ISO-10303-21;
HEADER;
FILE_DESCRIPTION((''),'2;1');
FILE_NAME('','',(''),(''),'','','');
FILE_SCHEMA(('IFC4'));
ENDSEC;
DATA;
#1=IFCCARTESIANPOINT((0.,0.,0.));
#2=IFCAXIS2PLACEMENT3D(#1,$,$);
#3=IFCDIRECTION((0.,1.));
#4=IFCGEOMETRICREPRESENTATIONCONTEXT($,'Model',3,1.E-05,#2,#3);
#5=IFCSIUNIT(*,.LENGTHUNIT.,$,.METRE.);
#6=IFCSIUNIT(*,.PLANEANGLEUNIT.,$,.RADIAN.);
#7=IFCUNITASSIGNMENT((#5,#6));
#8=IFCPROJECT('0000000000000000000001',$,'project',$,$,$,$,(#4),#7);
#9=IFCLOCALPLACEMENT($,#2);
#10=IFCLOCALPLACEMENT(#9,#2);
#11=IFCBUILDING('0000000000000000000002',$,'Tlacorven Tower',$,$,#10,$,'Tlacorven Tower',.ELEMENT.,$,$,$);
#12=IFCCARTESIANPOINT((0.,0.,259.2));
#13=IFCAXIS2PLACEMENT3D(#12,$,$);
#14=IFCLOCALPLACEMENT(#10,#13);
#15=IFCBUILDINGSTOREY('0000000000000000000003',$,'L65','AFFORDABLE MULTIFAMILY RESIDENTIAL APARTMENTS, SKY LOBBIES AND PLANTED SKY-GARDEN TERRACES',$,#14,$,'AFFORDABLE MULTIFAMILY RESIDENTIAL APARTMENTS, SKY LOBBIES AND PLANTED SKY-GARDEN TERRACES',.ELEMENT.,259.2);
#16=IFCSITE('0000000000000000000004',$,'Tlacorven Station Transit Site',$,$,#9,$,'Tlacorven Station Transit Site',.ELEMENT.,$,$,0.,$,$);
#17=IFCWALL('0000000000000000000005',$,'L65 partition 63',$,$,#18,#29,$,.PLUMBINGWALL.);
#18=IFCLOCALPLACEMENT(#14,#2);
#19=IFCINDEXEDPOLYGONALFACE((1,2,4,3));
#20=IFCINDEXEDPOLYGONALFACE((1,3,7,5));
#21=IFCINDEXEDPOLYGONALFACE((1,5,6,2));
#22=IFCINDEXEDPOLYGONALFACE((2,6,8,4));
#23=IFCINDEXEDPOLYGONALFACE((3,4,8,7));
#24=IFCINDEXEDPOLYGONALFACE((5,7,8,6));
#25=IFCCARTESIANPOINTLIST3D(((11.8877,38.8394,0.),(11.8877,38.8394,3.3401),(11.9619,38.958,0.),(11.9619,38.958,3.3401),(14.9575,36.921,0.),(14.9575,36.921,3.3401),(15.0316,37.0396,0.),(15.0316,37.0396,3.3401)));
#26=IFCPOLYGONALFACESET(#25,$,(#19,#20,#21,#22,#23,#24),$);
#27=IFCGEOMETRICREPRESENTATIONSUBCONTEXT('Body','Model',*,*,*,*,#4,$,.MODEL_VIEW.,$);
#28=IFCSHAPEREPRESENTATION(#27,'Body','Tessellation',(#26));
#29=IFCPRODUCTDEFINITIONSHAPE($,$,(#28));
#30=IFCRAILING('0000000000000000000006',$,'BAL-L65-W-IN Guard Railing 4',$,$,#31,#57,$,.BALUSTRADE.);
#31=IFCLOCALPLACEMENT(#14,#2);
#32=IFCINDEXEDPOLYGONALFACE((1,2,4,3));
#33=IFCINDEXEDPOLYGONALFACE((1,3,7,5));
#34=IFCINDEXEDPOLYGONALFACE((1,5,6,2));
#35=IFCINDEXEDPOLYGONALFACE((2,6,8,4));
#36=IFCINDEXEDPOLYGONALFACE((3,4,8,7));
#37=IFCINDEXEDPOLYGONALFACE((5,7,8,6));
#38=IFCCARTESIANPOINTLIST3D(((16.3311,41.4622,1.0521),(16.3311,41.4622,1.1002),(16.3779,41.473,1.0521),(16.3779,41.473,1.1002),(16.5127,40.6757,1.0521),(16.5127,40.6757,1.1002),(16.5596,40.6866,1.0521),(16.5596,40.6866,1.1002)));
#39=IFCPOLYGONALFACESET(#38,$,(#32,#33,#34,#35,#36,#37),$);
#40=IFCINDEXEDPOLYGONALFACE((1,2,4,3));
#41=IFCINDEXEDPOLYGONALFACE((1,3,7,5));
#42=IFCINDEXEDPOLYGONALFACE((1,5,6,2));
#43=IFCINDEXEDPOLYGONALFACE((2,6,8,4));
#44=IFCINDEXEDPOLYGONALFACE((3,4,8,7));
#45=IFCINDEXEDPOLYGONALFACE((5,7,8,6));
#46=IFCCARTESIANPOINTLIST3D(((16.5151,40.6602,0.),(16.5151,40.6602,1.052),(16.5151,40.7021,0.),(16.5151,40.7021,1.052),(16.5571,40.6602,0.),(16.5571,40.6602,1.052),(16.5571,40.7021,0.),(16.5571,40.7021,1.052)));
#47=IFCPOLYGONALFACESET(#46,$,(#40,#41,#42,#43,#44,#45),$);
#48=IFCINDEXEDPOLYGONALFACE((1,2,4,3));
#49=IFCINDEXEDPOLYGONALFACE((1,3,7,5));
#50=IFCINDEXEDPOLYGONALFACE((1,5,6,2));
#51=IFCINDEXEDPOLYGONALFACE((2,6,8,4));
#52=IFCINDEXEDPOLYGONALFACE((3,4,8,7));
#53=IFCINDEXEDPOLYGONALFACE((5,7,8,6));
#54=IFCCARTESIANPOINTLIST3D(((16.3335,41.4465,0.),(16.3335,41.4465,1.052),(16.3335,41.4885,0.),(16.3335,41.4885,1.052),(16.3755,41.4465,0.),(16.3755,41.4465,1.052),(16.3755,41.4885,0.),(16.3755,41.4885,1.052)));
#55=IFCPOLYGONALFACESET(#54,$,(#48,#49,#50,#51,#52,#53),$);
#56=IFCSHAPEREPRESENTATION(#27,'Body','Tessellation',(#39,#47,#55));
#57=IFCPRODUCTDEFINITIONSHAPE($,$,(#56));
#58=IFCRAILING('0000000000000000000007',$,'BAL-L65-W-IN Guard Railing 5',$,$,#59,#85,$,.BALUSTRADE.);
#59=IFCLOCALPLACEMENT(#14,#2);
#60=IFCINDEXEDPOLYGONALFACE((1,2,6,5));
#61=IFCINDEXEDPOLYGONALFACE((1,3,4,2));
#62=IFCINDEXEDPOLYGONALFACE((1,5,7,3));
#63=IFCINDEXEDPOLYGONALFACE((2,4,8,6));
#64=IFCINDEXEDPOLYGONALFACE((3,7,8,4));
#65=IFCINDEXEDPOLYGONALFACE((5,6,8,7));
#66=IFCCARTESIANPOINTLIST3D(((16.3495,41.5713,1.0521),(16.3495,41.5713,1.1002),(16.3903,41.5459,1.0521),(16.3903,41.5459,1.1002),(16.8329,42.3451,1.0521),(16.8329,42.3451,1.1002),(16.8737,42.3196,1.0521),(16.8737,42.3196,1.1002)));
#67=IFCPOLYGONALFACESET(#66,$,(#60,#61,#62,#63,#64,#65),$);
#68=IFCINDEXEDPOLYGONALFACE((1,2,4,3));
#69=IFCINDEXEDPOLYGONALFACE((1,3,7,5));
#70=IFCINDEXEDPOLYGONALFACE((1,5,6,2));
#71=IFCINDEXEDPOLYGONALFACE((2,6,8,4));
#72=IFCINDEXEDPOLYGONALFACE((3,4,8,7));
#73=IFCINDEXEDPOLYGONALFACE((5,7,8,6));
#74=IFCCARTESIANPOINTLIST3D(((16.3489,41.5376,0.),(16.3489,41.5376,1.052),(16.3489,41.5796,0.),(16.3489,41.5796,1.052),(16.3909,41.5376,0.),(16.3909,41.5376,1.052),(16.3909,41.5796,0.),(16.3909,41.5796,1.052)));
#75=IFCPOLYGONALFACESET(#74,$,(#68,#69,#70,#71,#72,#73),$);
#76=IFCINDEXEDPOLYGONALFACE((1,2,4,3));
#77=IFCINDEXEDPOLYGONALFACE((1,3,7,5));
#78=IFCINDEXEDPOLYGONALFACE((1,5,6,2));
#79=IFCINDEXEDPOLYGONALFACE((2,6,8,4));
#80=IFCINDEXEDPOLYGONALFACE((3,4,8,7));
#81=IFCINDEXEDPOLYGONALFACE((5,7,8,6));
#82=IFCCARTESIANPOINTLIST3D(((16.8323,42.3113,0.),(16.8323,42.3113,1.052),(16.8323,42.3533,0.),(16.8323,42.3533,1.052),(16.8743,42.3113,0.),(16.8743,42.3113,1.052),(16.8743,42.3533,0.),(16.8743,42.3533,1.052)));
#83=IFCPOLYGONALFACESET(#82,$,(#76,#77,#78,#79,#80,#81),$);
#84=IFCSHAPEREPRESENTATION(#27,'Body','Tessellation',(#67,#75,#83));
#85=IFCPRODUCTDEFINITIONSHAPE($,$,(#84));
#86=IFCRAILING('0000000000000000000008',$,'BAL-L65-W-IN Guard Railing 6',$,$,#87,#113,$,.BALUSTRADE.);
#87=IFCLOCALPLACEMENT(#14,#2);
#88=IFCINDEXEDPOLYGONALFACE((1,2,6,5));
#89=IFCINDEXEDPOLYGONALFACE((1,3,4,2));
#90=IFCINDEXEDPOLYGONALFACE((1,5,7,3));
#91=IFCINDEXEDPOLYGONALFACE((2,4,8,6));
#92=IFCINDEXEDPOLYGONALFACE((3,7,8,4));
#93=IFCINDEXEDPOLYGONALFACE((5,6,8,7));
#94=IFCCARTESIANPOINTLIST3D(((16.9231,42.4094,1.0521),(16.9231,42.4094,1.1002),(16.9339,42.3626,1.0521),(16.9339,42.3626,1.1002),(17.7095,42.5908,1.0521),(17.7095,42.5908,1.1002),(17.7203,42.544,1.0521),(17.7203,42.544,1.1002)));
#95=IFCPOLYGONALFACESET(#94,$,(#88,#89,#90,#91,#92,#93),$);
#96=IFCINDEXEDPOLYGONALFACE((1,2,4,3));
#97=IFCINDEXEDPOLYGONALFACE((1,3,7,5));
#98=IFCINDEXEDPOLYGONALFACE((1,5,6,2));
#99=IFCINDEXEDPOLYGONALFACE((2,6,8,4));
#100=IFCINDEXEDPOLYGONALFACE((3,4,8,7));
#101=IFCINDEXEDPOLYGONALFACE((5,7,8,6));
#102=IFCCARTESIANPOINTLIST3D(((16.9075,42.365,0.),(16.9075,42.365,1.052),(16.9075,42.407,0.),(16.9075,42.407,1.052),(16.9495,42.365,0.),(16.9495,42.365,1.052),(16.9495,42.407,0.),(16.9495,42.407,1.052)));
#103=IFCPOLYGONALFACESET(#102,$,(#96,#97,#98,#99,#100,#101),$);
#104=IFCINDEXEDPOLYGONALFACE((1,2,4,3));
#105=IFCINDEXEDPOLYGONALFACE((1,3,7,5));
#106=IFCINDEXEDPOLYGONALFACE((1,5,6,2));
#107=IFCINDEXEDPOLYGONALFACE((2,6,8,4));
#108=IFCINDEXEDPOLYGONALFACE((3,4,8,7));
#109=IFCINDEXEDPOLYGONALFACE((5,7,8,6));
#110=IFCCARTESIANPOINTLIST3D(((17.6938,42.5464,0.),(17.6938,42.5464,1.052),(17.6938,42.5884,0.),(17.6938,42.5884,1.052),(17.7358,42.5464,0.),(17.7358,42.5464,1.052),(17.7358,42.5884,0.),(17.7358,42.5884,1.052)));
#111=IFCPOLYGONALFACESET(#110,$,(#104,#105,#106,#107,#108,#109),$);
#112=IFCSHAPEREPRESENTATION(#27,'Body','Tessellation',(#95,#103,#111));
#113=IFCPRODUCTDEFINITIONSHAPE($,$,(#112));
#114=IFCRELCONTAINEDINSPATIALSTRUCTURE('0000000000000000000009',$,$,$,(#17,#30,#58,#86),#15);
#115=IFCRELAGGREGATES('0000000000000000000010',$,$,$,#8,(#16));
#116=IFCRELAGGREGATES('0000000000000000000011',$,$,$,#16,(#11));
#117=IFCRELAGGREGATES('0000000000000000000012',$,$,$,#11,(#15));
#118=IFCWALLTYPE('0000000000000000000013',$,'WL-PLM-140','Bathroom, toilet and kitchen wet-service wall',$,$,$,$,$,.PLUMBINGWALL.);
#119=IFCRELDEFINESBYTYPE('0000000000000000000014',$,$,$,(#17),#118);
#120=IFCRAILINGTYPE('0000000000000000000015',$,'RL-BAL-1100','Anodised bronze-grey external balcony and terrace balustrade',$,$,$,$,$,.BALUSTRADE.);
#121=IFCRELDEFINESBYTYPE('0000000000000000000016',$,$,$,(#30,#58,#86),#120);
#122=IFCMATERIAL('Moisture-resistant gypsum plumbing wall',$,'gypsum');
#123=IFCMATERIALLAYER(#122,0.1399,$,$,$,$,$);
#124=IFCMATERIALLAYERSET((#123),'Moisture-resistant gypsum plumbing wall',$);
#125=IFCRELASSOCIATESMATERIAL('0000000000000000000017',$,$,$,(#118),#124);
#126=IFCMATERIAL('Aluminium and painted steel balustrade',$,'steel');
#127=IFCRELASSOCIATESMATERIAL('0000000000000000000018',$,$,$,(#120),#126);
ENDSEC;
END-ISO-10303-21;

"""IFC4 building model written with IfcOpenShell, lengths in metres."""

from ifc_helpers import new_model, si_unit, direction, frame, frame_2d, origin, origin_2d, place, context, subcontext, project, spatial, rectangle, extrude, source, transform, mapped, material, layer, layer_set, type_object, element, save


model = new_model("IFC4")

# Units and contexts
model_context = context("Model", 3, precision=1e-05, world=origin(), true_north=direction((0.0, 1.0)))
body_context = subcontext(model_context, "Body", "Model", "MODEL_VIEW")
ifc_project = project(units=[si_unit("LENGTHUNIT", "METRE"), si_unit("PLANEANGLEUNIT", "RADIAN")], contexts=[model_context])

# Site, building, storey
site_placement = place(None, origin())
site = spatial("IfcSite", under=ifc_project, at=site_placement, Name="Tlacorven Station Transit Site", LongName="Tlacorven Station Transit Site", CompositionType="ELEMENT", RefElevation=0.0)
building_placement = place(site_placement, origin())
building = spatial("IfcBuilding", under=site, at=building_placement, Name="Tlacorven Tower", LongName="Tlacorven Tower", CompositionType="ELEMENT")
storey_placement = place(building_placement, frame((0.0, 0.0, 259.2)))
storey = spatial("IfcBuildingStorey", under=building, at=storey_placement, Name="L65", Description="AFFORDABLE MULTIFAMILY RESIDENTIAL APARTMENTS, SKY LOBBIES AND PLANTED SKY-GARDEN TERRACES", LongName="AFFORDABLE MULTIFAMILY RESIDENTIAL APARTMENTS, SKY LOBBIES AND PLANTED SKY-GARDEN TERRACES", CompositionType="ELEMENT", Elevation=259.2)

# Shared definitions
ifc_material_1 = material(Name="Moisture-resistant gypsum plumbing wall", Category="gypsum")
ifc_layer_1 = layer(ifc_material_1, 0.1399)
ifc_layer_set_1 = layer_set([ifc_layer_1], Name="Moisture-resistant gypsum plumbing wall")
wall_type_1 = type_object("IfcWallType", Name="WL-PLM-140", Description="Bathroom, toilet and kitchen wet-service wall", PredefinedType="PLUMBINGWALL", material=ifc_layer_set_1)

# Wall
wall_1_placement = place(storey_placement, frame((14.9946, 36.9802, 0.0), z_axis=(0.0, 0.0, 1.0), x_axis=(-0.848021, 0.529963, 0.0)))
element("IfcWall", 1, at=wall_1_placement, inside=storey, type_object=wall_type_1, Name="L65 partition 63", PredefinedType="PLUMBINGWALL", context=body_context, shape_type="SweptSolid", body=[
    extrude(rectangle(XDim=3.6199, YDim=0.1399, at=frame_2d((1.8101, 0.0))), origin(), (0.0, 0.0, 1.0), 3.3401),
])

# Railings
ifc_material_2 = material(Name="Aluminium and painted steel balustrade", Category="steel")
railing_type = type_object("IfcRailingType", Name="RL-BAL-1100", Description="Anodised bronze-grey external balcony and terrace balustrade", PredefinedType="BALUSTRADE", material=ifc_material_2)
shared_shape_1 = source(origin(), body_context, "Body", "SweptSolid", [
    extrude(rectangle(XDim=0.0481, YDim=0.0481, at=origin_2d()), frame((0.0, 0.0, 1.0762), z_axis=(-0.225058, 0.974345, 0.0), x_axis=(-0.974345, -0.225058, 0.0)), (0.0, 0.0, 1.0), 0.8071),
    extrude(rectangle(XDim=0.042, YDim=0.042, at=origin_2d()), origin(), (0.0, 0.0, 1.0), 1.052),
    extrude(rectangle(XDim=0.042, YDim=0.042, at=origin_2d()), frame((-0.1816, 0.7864, 0.0)), (0.0, 0.0, 1.0), 1.052),
])
railing_1_placement = place(storey_placement, frame((16.5361, 40.6812, 0.0)))
element("IfcRailing", 2, at=railing_1_placement, inside=storey, type_object=railing_type, Name="BAL-L65-W-IN Guard Railing 4", PredefinedType="BALUSTRADE", context=body_context, shape_type="MappedRepresentation", body=[
    mapped(shared_shape_1, transform((0.0, 0.0, 0.0), scale=1.0)),
])
shared_shape_2 = source(origin(), body_context, "Body", "SweptSolid", [
    extrude(rectangle(XDim=0.0481, YDim=0.0481, at=origin_2d()), frame((0.0, 0.0, 1.0762), z_axis=(0.529879, 0.848073, 0.0), x_axis=(-0.848073, 0.529879, 0.0)), (0.0, 0.0, 1.0), 0.9124),
    extrude(rectangle(XDim=0.042, YDim=0.042, at=origin_2d()), origin(), (0.0, 0.0, 1.0), 1.052),
    extrude(rectangle(XDim=0.042, YDim=0.042, at=origin_2d()), frame((0.4834, 0.7737, 0.0)), (0.0, 0.0, 1.0), 1.052),
])
railing_2_placement = place(storey_placement, frame((16.3699, 41.5586, 0.0)))
element("IfcRailing", 3, at=railing_2_placement, inside=storey, type_object=railing_type, Name="BAL-L65-W-IN Guard Railing 5", PredefinedType="BALUSTRADE", context=body_context, shape_type="MappedRepresentation", body=[
    mapped(shared_shape_2, transform((0.0, 0.0, 0.0), scale=1.0)),
])
shared_shape_3 = source(origin(), body_context, "Body", "SweptSolid", [
    extrude(rectangle(XDim=0.0481, YDim=0.0481, at=origin_2d()), frame((0.0, 0.0, 1.0762), z_axis=(0.974412, 0.224771, 0.0), x_axis=(-0.224771, 0.974412, 0.0)), (0.0, 0.0, 1.0), 0.8071),
    extrude(rectangle(XDim=0.042, YDim=0.042, at=origin_2d()), origin(), (0.0, 0.0, 1.0), 1.052),
    extrude(rectangle(XDim=0.042, YDim=0.042, at=origin_2d()), frame((0.7864, 0.1814, 0.0)), (0.0, 0.0, 1.0), 1.052),
])
railing_3_placement = place(storey_placement, frame((16.9285, 42.386, 0.0)))
element("IfcRailing", 4, at=railing_3_placement, inside=storey, type_object=railing_type, Name="BAL-L65-W-IN Guard Railing 6", PredefinedType="BALUSTRADE", context=body_context, shape_type="MappedRepresentation", body=[
    mapped(shared_shape_3, transform((0.0, 0.0, 0.0), scale=1.0)),
])

save(model, "model.ifc")
